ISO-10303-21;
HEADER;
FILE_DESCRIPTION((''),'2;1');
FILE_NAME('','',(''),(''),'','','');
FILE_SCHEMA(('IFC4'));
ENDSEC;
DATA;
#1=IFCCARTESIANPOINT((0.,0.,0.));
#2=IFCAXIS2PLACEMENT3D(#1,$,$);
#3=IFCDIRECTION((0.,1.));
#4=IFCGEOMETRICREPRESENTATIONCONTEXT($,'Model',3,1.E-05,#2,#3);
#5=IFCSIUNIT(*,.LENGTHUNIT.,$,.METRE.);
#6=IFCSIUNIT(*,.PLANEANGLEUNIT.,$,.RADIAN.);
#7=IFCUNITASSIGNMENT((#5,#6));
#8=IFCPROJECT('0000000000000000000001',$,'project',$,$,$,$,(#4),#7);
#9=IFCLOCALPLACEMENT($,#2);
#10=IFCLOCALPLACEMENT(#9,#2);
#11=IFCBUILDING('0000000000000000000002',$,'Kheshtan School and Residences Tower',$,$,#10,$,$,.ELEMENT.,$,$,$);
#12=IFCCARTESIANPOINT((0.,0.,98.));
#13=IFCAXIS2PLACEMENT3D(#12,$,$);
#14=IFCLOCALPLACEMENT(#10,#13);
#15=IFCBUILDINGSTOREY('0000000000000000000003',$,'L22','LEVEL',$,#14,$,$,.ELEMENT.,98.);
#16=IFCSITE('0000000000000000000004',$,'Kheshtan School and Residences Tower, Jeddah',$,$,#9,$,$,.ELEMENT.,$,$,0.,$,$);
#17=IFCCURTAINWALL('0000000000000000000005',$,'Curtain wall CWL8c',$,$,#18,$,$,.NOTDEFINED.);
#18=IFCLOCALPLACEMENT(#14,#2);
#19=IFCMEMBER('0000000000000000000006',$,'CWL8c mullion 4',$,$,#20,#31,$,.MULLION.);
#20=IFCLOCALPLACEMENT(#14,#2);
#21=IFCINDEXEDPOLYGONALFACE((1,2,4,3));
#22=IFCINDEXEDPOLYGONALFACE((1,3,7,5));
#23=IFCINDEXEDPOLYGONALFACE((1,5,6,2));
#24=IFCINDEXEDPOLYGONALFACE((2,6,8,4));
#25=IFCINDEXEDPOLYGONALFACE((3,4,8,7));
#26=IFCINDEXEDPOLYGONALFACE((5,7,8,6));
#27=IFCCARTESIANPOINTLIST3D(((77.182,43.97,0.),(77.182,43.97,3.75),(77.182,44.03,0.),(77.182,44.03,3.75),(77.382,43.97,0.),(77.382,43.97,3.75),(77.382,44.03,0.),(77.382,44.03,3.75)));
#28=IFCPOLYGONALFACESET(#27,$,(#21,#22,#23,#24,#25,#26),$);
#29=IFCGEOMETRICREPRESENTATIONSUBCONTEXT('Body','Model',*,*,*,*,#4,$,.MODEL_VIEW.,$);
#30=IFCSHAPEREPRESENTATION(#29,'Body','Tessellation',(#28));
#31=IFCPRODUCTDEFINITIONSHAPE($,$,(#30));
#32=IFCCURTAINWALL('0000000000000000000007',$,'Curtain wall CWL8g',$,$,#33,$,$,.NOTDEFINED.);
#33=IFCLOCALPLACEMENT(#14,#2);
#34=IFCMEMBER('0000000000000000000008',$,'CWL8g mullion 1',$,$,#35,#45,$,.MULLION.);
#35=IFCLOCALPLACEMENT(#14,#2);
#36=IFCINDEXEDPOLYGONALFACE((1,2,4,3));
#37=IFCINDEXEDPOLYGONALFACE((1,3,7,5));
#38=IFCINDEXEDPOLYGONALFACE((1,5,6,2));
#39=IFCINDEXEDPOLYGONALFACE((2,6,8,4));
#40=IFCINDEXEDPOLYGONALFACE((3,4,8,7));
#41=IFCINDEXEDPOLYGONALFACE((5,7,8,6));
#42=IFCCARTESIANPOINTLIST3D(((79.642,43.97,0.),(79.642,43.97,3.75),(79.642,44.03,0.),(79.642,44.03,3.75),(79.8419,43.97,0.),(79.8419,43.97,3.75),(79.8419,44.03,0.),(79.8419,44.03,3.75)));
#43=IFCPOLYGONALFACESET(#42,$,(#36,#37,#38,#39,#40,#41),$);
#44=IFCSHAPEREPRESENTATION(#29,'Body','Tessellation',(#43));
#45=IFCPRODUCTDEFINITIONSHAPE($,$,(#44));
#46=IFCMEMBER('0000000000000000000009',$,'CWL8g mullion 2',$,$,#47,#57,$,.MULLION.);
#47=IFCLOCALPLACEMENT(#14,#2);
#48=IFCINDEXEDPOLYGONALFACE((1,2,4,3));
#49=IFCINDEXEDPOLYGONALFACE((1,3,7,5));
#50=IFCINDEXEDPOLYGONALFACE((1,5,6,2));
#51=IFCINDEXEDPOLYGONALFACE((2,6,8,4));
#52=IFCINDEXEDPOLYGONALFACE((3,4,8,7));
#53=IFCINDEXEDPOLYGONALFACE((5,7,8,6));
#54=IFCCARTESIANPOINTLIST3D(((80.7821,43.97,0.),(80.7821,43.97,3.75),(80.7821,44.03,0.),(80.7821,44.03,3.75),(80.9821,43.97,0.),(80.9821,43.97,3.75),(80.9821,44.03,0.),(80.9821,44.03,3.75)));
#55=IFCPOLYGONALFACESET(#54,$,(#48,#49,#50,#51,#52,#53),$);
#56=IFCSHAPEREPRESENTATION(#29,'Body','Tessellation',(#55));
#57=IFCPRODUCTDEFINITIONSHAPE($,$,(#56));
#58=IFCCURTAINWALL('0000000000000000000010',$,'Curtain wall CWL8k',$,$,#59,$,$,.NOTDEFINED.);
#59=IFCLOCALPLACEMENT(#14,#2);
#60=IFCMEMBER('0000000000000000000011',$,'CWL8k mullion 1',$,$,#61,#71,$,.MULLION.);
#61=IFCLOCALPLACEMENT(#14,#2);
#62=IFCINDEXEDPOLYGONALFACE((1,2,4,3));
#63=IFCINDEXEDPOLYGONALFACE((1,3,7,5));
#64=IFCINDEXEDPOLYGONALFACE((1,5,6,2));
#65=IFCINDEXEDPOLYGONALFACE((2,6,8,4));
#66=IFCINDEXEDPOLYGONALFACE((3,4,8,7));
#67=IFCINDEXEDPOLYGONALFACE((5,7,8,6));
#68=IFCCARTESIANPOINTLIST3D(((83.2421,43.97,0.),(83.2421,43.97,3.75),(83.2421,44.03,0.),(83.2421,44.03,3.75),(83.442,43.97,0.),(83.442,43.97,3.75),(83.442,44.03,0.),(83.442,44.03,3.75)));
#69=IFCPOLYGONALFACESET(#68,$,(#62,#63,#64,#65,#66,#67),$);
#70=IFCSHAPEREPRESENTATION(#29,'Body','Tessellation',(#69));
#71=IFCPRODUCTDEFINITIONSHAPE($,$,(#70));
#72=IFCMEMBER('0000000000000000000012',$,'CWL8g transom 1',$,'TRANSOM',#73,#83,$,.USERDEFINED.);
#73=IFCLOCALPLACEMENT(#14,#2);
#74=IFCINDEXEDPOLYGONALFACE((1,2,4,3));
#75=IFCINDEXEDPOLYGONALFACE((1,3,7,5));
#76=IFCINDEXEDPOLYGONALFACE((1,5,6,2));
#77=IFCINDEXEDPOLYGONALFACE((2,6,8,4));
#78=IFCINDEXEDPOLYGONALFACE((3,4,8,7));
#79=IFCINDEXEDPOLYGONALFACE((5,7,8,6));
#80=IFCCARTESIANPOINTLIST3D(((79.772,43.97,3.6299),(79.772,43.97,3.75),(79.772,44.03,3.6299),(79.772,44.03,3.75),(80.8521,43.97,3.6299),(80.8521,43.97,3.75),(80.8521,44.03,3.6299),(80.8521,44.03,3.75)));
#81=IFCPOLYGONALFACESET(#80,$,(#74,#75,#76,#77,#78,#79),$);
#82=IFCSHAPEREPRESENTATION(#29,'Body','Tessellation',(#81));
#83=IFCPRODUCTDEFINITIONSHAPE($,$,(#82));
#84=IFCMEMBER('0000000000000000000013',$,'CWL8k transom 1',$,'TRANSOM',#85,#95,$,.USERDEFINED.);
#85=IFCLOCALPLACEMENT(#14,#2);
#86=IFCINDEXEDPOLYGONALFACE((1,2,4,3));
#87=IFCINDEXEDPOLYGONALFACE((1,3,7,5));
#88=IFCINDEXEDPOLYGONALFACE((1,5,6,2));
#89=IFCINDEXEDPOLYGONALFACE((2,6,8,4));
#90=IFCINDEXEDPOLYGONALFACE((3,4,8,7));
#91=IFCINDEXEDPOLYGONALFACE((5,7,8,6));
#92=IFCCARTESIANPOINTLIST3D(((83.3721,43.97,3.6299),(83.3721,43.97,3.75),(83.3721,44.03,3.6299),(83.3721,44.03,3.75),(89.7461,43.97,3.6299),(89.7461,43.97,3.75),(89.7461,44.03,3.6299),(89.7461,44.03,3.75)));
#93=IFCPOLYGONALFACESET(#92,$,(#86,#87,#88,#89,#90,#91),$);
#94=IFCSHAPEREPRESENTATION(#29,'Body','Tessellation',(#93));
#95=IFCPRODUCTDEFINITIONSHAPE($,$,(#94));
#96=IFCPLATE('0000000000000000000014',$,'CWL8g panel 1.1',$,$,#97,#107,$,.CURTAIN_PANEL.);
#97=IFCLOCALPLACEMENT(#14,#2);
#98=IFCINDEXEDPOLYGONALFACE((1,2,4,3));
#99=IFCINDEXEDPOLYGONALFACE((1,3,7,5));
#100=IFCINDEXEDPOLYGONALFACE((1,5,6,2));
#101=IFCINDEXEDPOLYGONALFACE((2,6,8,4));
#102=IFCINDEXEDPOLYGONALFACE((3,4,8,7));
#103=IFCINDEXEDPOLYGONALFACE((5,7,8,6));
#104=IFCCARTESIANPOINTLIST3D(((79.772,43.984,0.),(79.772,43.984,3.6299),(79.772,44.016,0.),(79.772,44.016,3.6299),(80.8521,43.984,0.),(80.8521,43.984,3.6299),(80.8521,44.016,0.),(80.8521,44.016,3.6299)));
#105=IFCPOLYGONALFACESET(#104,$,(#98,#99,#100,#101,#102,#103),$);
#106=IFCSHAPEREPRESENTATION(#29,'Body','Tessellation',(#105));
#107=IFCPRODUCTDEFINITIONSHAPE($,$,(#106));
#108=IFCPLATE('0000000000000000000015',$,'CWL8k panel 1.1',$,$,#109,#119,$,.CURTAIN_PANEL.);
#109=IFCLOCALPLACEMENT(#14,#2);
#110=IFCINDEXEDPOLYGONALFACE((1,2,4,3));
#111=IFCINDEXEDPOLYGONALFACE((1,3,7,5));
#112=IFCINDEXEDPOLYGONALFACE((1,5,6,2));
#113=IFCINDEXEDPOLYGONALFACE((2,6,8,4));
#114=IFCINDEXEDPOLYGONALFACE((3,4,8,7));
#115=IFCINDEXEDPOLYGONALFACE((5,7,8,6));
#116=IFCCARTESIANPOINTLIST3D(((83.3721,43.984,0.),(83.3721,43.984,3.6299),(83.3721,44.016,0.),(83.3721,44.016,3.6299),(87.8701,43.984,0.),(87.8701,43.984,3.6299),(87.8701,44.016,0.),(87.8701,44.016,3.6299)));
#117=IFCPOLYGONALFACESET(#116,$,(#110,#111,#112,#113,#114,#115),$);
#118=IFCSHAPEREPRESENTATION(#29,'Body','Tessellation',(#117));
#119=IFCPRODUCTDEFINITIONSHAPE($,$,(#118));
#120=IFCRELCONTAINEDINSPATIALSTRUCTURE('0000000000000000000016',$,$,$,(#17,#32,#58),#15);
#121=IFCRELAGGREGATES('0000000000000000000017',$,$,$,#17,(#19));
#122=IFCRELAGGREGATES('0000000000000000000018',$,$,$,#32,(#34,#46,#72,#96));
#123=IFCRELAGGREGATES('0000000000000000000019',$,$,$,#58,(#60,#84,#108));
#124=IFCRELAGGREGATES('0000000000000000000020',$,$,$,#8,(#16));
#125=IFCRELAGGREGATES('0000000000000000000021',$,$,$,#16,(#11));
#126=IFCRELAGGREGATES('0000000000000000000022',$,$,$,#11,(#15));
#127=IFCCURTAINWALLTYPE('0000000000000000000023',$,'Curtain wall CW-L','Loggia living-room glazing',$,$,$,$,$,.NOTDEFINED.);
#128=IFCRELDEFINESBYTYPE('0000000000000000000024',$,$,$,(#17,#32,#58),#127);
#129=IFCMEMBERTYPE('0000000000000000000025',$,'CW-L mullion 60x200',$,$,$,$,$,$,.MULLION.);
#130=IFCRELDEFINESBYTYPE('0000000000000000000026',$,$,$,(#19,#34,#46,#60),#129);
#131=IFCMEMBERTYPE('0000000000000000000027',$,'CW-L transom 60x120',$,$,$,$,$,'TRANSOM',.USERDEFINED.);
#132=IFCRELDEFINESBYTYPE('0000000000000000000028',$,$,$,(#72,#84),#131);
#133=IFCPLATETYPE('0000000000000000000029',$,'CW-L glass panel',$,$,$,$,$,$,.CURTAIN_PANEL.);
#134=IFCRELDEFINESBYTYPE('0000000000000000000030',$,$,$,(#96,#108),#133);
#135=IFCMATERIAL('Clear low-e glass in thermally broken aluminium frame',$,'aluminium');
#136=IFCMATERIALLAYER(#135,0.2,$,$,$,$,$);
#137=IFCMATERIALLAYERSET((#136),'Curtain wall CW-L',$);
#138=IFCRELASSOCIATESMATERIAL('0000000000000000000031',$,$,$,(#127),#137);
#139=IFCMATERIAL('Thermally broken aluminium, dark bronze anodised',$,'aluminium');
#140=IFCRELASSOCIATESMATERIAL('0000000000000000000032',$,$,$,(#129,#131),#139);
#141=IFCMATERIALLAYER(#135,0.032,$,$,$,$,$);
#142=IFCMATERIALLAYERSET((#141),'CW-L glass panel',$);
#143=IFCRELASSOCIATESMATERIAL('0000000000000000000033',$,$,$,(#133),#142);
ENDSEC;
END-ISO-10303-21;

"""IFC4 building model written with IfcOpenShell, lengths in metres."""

from ifc_helpers import new_model, si_unit, direction, frame, origin, origin_2d, place, context, subcontext, project, spatial, rectangle, extrude, material, layer, layer_set, material_profile, profile_set, type_object, element, aggregate, save


model = new_model("IFC4")

# Units and contexts
model_context = context("Model", 3, precision=1e-05, world=origin(), true_north=direction((0.0, 1.0)))
body_context = subcontext(model_context, "Body", "Model", "MODEL_VIEW")
ifc_project = project(units=[si_unit("LENGTHUNIT", "METRE"), si_unit("PLANEANGLEUNIT", "RADIAN")], contexts=[model_context])

# Site, building, storey
site_placement = place(None, origin())
site = spatial("IfcSite", under=ifc_project, at=site_placement, Name="Kheshtan School and Residences Tower, Jeddah", CompositionType="ELEMENT", RefElevation=0.0)
building_placement = place(site_placement, origin())
building = spatial("IfcBuilding", under=site, at=building_placement, Name="Kheshtan School and Residences Tower", CompositionType="ELEMENT")
storey_placement = place(building_placement, frame((0.0, 0.0, 98.0)))
storey = spatial("IfcBuildingStorey", under=building, at=storey_placement, Name="L22", Description="LEVEL", CompositionType="ELEMENT", Elevation=98.0)

# Curtain wall, member
ifc_material_1 = material(Name="Clear low-e glass in thermally broken aluminium frame", Category="aluminium")
ifc_layer_1 = layer(ifc_material_1, 0.2)
ifc_layer_set_1 = layer_set([ifc_layer_1], Name="Curtain wall CW-L")
curtain_wall_type = type_object("IfcCurtainWallType", Name="Curtain wall CW-L", Description="Loggia living-room glazing", PredefinedType="NOTDEFINED", material=ifc_layer_set_1)
curtain_wall_1_placement = place(storey_placement, origin())
curtain_wall_1 = element("IfcCurtainWall", 1, at=curtain_wall_1_placement, inside=storey, type_object=curtain_wall_type, Name="Curtain wall CWL8c", PredefinedType="NOTDEFINED")
ifc_material_2 = material(Name="Thermally broken aluminium, dark bronze anodised", Category="aluminium")
ifc_material_profile_1 = material_profile(ifc_material_2, rectangle(XDim=0.0601, YDim=0.2, at=origin_2d()), Name="CW-L mullion 60x200")
ifc_profile_set_1 = profile_set([ifc_material_profile_1], Name="Thermally broken aluminium, dark bronze anodised")
member_type_1 = type_object("IfcMemberType", Name="CW-L mullion 60x200", PredefinedType="MULLION", material=ifc_profile_set_1)
member_1_placement = place(storey_placement, frame((77.282, 44.0, 0.0), z_axis=(0.0, 0.0, 1.0), x_axis=(0.0, 1.0, 0.0)))
member_1 = element("IfcMember", 2, at=member_1_placement, type_object=member_type_1, Name="CWL8c mullion 4", PredefinedType="MULLION", context=body_context, shape_type="SweptSolid", body=[
    extrude(rectangle(XDim=0.0601, YDim=0.2, at=origin_2d()), origin(), (0.0, 0.0, 1.0), 3.75),
])
aggregate(curtain_wall_1, [member_1])

# Curtain wall, members
curtain_wall_2_placement = place(storey_placement, origin())
curtain_wall_2 = element("IfcCurtainWall", 3, at=curtain_wall_2_placement, inside=storey, type_object=curtain_wall_type, Name="Curtain wall CWL8g", PredefinedType="NOTDEFINED")
member_2_placement = place(storey_placement, frame((79.7419, 44.0, 0.0), z_axis=(0.0, 0.0, 1.0), x_axis=(0.0, 1.0, 0.0)))
member_2 = element("IfcMember", 4, at=member_2_placement, type_object=member_type_1, Name="CWL8g mullion 1", PredefinedType="MULLION", context=body_context, shape_type="SweptSolid", body=[
    extrude(rectangle(XDim=0.0601, YDim=0.2, at=origin_2d()), origin(), (0.0, 0.0, 1.0), 3.75),
])
member_3_placement = place(storey_placement, frame((80.8821, 44.0, 0.0), z_axis=(0.0, 0.0, 1.0), x_axis=(0.0, 1.0, 0.0)))
member_3 = element("IfcMember", 5, at=member_3_placement, type_object=member_type_1, Name="CWL8g mullion 2", PredefinedType="MULLION", context=body_context, shape_type="SweptSolid", body=[
    extrude(rectangle(XDim=0.0601, YDim=0.2, at=origin_2d()), origin(), (0.0, 0.0, 1.0), 3.75),
])

# Curtain wall, member
curtain_wall_3_placement = place(storey_placement, origin())
curtain_wall_3 = element("IfcCurtainWall", 6, at=curtain_wall_3_placement, inside=storey, type_object=curtain_wall_type, Name="Curtain wall CWL8k", PredefinedType="NOTDEFINED")
member_4_placement = place(storey_placement, frame((83.342, 44.0, 0.0), z_axis=(0.0, 0.0, 1.0), x_axis=(0.0, 1.0, 0.0)))
member_4 = element("IfcMember", 7, at=member_4_placement, type_object=member_type_1, Name="CWL8k mullion 1", PredefinedType="MULLION", context=body_context, shape_type="SweptSolid", body=[
    extrude(rectangle(XDim=0.0601, YDim=0.2, at=origin_2d()), origin(), (0.0, 0.0, 1.0), 3.75),
])

# Members
ifc_material_profile_2 = material_profile(ifc_material_2, rectangle(XDim=0.0601, YDim=0.1201, at=origin_2d()), Name="CW-L transom 60x120")
ifc_profile_set_2 = profile_set([ifc_material_profile_2], Name="Thermally broken aluminium, dark bronze anodised")
member_type_2 = type_object("IfcMemberType", Name="CW-L transom 60x120", ElementType="TRANSOM", PredefinedType="USERDEFINED", material=ifc_profile_set_2)
member_5_placement = place(storey_placement, frame((79.772, 44.0, 3.6899), z_axis=(1.0, 0.0, 0.0), x_axis=(0.0, 1.0, 0.0)))
member_5 = element("IfcMember", 8, at=member_5_placement, type_object=member_type_2, Name="CWL8g transom 1", ObjectType="TRANSOM", PredefinedType="USERDEFINED", context=body_context, shape_type="SweptSolid", body=[
    extrude(rectangle(XDim=0.0601, YDim=0.1201, at=origin_2d()), origin(), (0.0, 0.0, 1.0), 1.0801),
])
member_6_placement = place(storey_placement, frame((83.3721, 44.0, 3.6899), z_axis=(1.0, 0.0, 0.0), x_axis=(0.0, 1.0, 0.0)))
member_6 = element("IfcMember", 9, at=member_6_placement, type_object=member_type_2, Name="CWL8k transom 1", ObjectType="TRANSOM", PredefinedType="USERDEFINED", context=body_context, shape_type="SweptSolid", body=[
    extrude(rectangle(XDim=0.0601, YDim=0.1201, at=origin_2d()), origin(), (0.0, 0.0, 1.0), 6.374),
])

# Plates
ifc_layer_2 = layer(ifc_material_1, 0.032)
ifc_layer_set_2 = layer_set([ifc_layer_2], Name="CW-L glass panel")
plate_type = type_object("IfcPlateType", Name="CW-L glass panel", PredefinedType="CURTAIN_PANEL", material=ifc_layer_set_2)
plate_1_placement = place(storey_placement, frame((80.312, 44.0, 0.0), z_axis=(0.0, 0.0, 1.0), x_axis=(1.0, 0.0, 0.0)))
plate_1 = element("IfcPlate", 10, at=plate_1_placement, type_object=plate_type, Name="CWL8g panel 1.1", PredefinedType="CURTAIN_PANEL", context=body_context, shape_type="SweptSolid", body=[
    extrude(rectangle(XDim=1.0801, YDim=0.032, at=origin_2d()), origin(), (0.0, 0.0, 1.0), 3.6299),
])
aggregate(curtain_wall_2, [member_2, member_3, member_5, plate_1])
plate_2_placement = place(storey_placement, frame((85.6211, 44.0, 0.0), z_axis=(0.0, 0.0, 1.0), x_axis=(1.0, 0.0, 0.0)))
plate_2 = element("IfcPlate", 11, at=plate_2_placement, type_object=plate_type, Name="CWL8k panel 1.1", PredefinedType="CURTAIN_PANEL", context=body_context, shape_type="SweptSolid", body=[
    extrude(rectangle(XDim=4.498, YDim=0.032, at=origin_2d()), origin(), (0.0, 0.0, 1.0), 3.6299),
])
aggregate(curtain_wall_3, [member_4, member_6, plate_2])

save(model, "model.ifc")
